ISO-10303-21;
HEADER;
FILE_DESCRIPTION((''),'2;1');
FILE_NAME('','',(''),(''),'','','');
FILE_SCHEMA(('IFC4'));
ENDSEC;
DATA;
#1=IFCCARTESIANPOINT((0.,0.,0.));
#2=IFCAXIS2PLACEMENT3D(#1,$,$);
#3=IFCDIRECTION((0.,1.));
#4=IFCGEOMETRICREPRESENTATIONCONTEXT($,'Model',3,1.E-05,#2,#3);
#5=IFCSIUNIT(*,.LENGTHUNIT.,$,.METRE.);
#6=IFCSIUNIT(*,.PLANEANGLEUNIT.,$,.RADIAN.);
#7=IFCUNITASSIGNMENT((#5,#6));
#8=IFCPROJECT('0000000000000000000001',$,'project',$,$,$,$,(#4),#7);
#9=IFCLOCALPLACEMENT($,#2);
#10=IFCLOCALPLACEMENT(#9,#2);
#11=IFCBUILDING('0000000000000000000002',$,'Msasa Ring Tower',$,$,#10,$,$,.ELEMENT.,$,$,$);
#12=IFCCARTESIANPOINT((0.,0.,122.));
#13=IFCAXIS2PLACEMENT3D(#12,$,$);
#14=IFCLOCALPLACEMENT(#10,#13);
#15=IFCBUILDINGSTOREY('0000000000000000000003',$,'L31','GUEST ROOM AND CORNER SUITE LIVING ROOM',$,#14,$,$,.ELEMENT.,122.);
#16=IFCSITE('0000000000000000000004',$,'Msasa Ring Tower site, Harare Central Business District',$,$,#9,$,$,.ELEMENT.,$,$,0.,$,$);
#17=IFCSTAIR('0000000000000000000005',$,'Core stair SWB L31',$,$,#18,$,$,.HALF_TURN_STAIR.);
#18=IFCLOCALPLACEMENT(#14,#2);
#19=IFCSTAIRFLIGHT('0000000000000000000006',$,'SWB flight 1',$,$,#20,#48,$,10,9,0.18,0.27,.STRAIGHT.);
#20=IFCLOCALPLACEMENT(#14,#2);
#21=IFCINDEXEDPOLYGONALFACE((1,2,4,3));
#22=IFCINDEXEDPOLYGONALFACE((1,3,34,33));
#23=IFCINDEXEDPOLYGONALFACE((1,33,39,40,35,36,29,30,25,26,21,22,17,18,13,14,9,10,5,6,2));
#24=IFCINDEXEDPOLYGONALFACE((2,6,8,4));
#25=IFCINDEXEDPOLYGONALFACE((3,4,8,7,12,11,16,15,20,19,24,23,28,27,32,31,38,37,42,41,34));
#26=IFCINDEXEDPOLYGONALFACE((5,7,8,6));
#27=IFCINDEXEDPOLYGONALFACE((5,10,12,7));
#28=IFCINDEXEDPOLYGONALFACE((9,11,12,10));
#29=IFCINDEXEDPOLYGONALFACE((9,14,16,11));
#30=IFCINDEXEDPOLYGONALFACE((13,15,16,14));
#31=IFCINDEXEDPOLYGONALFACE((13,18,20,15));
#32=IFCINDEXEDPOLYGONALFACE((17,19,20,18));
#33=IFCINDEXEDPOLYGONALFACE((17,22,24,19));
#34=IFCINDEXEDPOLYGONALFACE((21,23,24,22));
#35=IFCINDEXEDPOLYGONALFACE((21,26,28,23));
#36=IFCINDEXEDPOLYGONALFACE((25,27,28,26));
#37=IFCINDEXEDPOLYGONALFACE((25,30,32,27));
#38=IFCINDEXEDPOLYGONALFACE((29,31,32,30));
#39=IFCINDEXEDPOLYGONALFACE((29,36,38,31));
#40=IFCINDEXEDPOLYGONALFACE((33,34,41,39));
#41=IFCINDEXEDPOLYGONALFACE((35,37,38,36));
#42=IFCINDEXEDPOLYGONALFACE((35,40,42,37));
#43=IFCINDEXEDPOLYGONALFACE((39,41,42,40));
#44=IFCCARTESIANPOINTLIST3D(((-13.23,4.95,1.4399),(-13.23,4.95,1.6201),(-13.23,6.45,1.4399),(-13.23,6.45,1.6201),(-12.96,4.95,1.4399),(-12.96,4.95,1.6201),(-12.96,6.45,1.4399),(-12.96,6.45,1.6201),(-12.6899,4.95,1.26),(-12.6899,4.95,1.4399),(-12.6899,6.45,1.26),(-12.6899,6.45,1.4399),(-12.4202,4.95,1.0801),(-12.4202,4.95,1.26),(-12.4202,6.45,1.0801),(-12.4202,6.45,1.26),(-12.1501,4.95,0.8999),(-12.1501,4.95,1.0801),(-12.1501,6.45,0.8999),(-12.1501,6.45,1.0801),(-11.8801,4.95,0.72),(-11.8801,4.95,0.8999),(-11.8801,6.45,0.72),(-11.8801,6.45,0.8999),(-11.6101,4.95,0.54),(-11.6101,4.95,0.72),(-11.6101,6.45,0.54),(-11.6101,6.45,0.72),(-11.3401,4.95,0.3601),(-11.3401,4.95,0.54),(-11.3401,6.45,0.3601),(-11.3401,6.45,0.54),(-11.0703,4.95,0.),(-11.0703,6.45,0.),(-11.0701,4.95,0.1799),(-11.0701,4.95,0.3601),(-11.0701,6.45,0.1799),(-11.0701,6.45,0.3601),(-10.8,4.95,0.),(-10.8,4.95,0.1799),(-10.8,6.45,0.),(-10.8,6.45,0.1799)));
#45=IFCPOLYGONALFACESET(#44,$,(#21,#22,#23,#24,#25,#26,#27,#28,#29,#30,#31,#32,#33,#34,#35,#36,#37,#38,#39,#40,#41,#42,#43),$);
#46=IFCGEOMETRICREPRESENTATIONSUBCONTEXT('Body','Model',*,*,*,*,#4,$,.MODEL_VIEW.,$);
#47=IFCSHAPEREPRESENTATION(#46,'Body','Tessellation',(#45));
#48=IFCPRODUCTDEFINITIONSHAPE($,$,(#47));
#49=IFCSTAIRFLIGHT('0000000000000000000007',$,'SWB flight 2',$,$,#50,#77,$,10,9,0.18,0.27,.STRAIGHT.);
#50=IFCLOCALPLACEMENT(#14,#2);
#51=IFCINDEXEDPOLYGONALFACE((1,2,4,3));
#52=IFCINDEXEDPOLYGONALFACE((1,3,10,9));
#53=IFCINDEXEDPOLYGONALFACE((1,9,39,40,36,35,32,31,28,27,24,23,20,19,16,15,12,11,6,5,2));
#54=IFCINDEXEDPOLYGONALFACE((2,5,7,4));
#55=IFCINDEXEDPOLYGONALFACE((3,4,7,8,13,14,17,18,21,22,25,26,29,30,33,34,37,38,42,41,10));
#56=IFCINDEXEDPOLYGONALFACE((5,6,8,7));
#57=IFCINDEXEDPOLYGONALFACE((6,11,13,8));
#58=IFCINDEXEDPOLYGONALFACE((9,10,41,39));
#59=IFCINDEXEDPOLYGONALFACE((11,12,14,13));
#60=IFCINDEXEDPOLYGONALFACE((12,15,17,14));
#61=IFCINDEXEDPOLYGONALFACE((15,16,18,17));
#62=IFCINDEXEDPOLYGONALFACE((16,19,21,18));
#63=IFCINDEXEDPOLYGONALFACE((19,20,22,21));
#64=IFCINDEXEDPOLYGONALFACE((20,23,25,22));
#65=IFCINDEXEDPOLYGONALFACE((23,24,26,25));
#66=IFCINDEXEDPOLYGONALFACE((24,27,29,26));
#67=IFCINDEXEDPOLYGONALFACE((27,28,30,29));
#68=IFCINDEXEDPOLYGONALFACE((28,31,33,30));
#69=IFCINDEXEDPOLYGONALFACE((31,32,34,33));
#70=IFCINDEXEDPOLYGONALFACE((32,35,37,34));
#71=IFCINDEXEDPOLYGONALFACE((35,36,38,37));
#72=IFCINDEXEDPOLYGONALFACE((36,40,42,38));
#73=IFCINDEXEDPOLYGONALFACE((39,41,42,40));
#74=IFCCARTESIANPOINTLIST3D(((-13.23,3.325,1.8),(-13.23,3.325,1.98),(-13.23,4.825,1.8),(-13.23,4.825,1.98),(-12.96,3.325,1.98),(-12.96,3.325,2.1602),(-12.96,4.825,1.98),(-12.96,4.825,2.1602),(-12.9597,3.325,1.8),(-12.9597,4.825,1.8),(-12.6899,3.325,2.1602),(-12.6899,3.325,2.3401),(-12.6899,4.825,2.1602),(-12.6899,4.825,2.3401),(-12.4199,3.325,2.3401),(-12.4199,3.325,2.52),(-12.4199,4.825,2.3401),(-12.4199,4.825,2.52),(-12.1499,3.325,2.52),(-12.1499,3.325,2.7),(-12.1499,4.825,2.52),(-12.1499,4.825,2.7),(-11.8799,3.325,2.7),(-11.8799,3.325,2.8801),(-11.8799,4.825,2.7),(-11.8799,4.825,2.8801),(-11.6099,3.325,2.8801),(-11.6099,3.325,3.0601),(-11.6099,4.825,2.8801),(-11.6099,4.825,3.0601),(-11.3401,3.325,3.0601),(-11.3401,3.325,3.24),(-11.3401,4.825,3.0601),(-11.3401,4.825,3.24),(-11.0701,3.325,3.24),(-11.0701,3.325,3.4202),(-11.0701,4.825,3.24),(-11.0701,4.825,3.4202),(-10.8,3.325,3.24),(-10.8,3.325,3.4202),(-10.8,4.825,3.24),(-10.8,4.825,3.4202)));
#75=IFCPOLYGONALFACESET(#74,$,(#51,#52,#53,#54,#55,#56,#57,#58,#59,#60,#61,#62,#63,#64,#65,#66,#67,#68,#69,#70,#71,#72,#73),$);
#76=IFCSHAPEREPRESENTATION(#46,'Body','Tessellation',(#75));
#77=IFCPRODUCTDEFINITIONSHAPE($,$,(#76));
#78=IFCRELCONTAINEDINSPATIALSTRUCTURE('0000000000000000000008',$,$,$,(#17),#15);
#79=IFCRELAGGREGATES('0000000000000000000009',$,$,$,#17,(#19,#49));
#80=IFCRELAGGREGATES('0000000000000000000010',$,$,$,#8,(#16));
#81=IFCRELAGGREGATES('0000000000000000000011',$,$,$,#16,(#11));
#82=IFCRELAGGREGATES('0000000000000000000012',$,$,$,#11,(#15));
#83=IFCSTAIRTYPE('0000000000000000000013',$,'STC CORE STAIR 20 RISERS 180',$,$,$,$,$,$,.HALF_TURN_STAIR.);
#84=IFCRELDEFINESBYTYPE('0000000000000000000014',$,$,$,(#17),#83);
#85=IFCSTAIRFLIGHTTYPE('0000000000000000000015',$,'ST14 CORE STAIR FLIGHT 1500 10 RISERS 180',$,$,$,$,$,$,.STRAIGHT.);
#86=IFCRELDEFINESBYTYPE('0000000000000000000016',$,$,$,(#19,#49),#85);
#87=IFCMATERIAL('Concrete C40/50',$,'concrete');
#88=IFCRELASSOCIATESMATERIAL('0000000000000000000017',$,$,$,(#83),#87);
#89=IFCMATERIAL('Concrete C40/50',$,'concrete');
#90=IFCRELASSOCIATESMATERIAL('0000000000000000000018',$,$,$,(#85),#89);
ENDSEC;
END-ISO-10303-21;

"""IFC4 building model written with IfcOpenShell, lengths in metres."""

from ifc_helpers import new_model, si_unit, direction, frame, origin, place, context, subcontext, project, spatial, polyline, outline, extrude, material, type_object, element, aggregate, save


model = new_model("IFC4")

# Units and contexts
model_context = context("Model", 3, precision=1e-05, world=origin(), true_north=direction((0.0, 1.0)))
body_context = subcontext(model_context, "Body", "Model", "MODEL_VIEW")
ifc_project = project(units=[si_unit("LENGTHUNIT", "METRE"), si_unit("PLANEANGLEUNIT", "RADIAN")], contexts=[model_context])

# Site, building, storey
site_placement = place(None, origin())
site = spatial("IfcSite", under=ifc_project, at=site_placement, Name="Msasa Ring Tower site, Harare Central Business District", CompositionType="ELEMENT", RefElevation=0.0)
building_placement = place(site_placement, origin())
building = spatial("IfcBuilding", under=site, at=building_placement, Name="Msasa Ring Tower", CompositionType="ELEMENT")
storey_placement = place(building_placement, frame((0.0, 0.0, 122.0)))
storey = spatial("IfcBuildingStorey", under=building, at=storey_placement, Name="L31", Description="GUEST ROOM AND CORNER SUITE LIVING ROOM", CompositionType="ELEMENT", Elevation=122.0)

# Stair, stair flights
ifc_material_1 = material(Name="Concrete C40/50", Category="concrete")
stair_type = type_object("IfcStairType", Name="STC CORE STAIR 20 RISERS 180", PredefinedType="HALF_TURN_STAIR", material=ifc_material_1)
stair_placement = place(storey_placement, origin())
stair = element("IfcStair", 1, at=stair_placement, inside=storey, type_object=stair_type, Name="Core stair SWB L31", PredefinedType="HALF_TURN_STAIR")
ifc_material_2 = material(Name="Concrete C40/50", Category="concrete")
stair_flight_type = type_object("IfcStairFlightType", Name="ST14 CORE STAIR FLIGHT 1500 10 RISERS 180", PredefinedType="STRAIGHT", material=ifc_material_2)
stair_flight_1_placement = place(storey_placement, frame((-10.8, 5.7, 0.0), z_axis=(0.0, 0.0, 1.0), x_axis=(-1.0, 0.0, 0.0)))
stair_flight_1 = element("IfcStairFlight", 2, at=stair_flight_1_placement, type_object=stair_flight_type, Name="SWB flight 1", NumberOfRisers=10, NumberOfTreads=9, PredefinedType="STRAIGHT", RiserHeight=0.18, TreadLength=0.27, context=body_context, shape_type="SweptSolid", body=[
    extrude(outline(polyline([(0.0, 0.0), (0.0, 0.1799), (0.27, 0.1799), (0.27, 0.3601), (0.54, 0.3601), (0.54, 0.54), (0.8101, 0.54), (0.8101, 0.72), (1.0801, 0.72), (1.0801, 0.8999), (1.3501, 0.8999), (1.3501, 1.0801), (1.6201, 1.0801), (1.6201, 1.26), (1.8899, 1.26), (1.8899, 1.4399), (2.1599, 1.4399), (2.1599, 1.6201), (2.4299, 1.6201), (2.4299, 1.8), (2.4299, 1.4399), (0.2703, 0.0), (0.0, 0.0)])), frame((0.0, 0.75, 0.0), z_axis=(0.0, -1.0, 0.0), x_axis=(1.0, 0.0, 0.0)), (0.0, 0.0, 1.0), 1.5),
])
stair_flight_2_placement = place(storey_placement, frame((-13.23, 4.075, 1.8), z_axis=(0.0, 0.0, 1.0), x_axis=(1.0, 0.0, 0.0)))
stair_flight_2 = element("IfcStairFlight", 3, at=stair_flight_2_placement, type_object=stair_flight_type, Name="SWB flight 2", NumberOfRisers=10, NumberOfTreads=9, PredefinedType="STRAIGHT", RiserHeight=0.18, TreadLength=0.27, context=body_context, shape_type="SweptSolid", body=[
    extrude(outline(polyline([(0.0, 0.0), (0.0, 0.1799), (0.27, 0.1799), (0.27, 0.3601), (0.54, 0.3601), (0.54, 0.54), (0.8101, 0.54), (0.8101, 0.72), (1.0801, 0.72), (1.0801, 0.8999), (1.3501, 0.8999), (1.3501, 1.0801), (1.6201, 1.0801), (1.6201, 1.26), (1.8899, 1.26), (1.8899, 1.4399), (2.1599, 1.4399), (2.1599, 1.6201), (2.4299, 1.6201), (2.4299, 1.8), (2.4299, 1.4399), (0.2703, 0.0), (0.0, 0.0)])), frame((0.0, 0.75, 0.0), z_axis=(0.0, -1.0, 0.0), x_axis=(1.0, 0.0, 0.0)), (0.0, 0.0, 1.0), 1.5),
])
aggregate(stair, [stair_flight_1, stair_flight_2])

save(model, "model.ifc")
